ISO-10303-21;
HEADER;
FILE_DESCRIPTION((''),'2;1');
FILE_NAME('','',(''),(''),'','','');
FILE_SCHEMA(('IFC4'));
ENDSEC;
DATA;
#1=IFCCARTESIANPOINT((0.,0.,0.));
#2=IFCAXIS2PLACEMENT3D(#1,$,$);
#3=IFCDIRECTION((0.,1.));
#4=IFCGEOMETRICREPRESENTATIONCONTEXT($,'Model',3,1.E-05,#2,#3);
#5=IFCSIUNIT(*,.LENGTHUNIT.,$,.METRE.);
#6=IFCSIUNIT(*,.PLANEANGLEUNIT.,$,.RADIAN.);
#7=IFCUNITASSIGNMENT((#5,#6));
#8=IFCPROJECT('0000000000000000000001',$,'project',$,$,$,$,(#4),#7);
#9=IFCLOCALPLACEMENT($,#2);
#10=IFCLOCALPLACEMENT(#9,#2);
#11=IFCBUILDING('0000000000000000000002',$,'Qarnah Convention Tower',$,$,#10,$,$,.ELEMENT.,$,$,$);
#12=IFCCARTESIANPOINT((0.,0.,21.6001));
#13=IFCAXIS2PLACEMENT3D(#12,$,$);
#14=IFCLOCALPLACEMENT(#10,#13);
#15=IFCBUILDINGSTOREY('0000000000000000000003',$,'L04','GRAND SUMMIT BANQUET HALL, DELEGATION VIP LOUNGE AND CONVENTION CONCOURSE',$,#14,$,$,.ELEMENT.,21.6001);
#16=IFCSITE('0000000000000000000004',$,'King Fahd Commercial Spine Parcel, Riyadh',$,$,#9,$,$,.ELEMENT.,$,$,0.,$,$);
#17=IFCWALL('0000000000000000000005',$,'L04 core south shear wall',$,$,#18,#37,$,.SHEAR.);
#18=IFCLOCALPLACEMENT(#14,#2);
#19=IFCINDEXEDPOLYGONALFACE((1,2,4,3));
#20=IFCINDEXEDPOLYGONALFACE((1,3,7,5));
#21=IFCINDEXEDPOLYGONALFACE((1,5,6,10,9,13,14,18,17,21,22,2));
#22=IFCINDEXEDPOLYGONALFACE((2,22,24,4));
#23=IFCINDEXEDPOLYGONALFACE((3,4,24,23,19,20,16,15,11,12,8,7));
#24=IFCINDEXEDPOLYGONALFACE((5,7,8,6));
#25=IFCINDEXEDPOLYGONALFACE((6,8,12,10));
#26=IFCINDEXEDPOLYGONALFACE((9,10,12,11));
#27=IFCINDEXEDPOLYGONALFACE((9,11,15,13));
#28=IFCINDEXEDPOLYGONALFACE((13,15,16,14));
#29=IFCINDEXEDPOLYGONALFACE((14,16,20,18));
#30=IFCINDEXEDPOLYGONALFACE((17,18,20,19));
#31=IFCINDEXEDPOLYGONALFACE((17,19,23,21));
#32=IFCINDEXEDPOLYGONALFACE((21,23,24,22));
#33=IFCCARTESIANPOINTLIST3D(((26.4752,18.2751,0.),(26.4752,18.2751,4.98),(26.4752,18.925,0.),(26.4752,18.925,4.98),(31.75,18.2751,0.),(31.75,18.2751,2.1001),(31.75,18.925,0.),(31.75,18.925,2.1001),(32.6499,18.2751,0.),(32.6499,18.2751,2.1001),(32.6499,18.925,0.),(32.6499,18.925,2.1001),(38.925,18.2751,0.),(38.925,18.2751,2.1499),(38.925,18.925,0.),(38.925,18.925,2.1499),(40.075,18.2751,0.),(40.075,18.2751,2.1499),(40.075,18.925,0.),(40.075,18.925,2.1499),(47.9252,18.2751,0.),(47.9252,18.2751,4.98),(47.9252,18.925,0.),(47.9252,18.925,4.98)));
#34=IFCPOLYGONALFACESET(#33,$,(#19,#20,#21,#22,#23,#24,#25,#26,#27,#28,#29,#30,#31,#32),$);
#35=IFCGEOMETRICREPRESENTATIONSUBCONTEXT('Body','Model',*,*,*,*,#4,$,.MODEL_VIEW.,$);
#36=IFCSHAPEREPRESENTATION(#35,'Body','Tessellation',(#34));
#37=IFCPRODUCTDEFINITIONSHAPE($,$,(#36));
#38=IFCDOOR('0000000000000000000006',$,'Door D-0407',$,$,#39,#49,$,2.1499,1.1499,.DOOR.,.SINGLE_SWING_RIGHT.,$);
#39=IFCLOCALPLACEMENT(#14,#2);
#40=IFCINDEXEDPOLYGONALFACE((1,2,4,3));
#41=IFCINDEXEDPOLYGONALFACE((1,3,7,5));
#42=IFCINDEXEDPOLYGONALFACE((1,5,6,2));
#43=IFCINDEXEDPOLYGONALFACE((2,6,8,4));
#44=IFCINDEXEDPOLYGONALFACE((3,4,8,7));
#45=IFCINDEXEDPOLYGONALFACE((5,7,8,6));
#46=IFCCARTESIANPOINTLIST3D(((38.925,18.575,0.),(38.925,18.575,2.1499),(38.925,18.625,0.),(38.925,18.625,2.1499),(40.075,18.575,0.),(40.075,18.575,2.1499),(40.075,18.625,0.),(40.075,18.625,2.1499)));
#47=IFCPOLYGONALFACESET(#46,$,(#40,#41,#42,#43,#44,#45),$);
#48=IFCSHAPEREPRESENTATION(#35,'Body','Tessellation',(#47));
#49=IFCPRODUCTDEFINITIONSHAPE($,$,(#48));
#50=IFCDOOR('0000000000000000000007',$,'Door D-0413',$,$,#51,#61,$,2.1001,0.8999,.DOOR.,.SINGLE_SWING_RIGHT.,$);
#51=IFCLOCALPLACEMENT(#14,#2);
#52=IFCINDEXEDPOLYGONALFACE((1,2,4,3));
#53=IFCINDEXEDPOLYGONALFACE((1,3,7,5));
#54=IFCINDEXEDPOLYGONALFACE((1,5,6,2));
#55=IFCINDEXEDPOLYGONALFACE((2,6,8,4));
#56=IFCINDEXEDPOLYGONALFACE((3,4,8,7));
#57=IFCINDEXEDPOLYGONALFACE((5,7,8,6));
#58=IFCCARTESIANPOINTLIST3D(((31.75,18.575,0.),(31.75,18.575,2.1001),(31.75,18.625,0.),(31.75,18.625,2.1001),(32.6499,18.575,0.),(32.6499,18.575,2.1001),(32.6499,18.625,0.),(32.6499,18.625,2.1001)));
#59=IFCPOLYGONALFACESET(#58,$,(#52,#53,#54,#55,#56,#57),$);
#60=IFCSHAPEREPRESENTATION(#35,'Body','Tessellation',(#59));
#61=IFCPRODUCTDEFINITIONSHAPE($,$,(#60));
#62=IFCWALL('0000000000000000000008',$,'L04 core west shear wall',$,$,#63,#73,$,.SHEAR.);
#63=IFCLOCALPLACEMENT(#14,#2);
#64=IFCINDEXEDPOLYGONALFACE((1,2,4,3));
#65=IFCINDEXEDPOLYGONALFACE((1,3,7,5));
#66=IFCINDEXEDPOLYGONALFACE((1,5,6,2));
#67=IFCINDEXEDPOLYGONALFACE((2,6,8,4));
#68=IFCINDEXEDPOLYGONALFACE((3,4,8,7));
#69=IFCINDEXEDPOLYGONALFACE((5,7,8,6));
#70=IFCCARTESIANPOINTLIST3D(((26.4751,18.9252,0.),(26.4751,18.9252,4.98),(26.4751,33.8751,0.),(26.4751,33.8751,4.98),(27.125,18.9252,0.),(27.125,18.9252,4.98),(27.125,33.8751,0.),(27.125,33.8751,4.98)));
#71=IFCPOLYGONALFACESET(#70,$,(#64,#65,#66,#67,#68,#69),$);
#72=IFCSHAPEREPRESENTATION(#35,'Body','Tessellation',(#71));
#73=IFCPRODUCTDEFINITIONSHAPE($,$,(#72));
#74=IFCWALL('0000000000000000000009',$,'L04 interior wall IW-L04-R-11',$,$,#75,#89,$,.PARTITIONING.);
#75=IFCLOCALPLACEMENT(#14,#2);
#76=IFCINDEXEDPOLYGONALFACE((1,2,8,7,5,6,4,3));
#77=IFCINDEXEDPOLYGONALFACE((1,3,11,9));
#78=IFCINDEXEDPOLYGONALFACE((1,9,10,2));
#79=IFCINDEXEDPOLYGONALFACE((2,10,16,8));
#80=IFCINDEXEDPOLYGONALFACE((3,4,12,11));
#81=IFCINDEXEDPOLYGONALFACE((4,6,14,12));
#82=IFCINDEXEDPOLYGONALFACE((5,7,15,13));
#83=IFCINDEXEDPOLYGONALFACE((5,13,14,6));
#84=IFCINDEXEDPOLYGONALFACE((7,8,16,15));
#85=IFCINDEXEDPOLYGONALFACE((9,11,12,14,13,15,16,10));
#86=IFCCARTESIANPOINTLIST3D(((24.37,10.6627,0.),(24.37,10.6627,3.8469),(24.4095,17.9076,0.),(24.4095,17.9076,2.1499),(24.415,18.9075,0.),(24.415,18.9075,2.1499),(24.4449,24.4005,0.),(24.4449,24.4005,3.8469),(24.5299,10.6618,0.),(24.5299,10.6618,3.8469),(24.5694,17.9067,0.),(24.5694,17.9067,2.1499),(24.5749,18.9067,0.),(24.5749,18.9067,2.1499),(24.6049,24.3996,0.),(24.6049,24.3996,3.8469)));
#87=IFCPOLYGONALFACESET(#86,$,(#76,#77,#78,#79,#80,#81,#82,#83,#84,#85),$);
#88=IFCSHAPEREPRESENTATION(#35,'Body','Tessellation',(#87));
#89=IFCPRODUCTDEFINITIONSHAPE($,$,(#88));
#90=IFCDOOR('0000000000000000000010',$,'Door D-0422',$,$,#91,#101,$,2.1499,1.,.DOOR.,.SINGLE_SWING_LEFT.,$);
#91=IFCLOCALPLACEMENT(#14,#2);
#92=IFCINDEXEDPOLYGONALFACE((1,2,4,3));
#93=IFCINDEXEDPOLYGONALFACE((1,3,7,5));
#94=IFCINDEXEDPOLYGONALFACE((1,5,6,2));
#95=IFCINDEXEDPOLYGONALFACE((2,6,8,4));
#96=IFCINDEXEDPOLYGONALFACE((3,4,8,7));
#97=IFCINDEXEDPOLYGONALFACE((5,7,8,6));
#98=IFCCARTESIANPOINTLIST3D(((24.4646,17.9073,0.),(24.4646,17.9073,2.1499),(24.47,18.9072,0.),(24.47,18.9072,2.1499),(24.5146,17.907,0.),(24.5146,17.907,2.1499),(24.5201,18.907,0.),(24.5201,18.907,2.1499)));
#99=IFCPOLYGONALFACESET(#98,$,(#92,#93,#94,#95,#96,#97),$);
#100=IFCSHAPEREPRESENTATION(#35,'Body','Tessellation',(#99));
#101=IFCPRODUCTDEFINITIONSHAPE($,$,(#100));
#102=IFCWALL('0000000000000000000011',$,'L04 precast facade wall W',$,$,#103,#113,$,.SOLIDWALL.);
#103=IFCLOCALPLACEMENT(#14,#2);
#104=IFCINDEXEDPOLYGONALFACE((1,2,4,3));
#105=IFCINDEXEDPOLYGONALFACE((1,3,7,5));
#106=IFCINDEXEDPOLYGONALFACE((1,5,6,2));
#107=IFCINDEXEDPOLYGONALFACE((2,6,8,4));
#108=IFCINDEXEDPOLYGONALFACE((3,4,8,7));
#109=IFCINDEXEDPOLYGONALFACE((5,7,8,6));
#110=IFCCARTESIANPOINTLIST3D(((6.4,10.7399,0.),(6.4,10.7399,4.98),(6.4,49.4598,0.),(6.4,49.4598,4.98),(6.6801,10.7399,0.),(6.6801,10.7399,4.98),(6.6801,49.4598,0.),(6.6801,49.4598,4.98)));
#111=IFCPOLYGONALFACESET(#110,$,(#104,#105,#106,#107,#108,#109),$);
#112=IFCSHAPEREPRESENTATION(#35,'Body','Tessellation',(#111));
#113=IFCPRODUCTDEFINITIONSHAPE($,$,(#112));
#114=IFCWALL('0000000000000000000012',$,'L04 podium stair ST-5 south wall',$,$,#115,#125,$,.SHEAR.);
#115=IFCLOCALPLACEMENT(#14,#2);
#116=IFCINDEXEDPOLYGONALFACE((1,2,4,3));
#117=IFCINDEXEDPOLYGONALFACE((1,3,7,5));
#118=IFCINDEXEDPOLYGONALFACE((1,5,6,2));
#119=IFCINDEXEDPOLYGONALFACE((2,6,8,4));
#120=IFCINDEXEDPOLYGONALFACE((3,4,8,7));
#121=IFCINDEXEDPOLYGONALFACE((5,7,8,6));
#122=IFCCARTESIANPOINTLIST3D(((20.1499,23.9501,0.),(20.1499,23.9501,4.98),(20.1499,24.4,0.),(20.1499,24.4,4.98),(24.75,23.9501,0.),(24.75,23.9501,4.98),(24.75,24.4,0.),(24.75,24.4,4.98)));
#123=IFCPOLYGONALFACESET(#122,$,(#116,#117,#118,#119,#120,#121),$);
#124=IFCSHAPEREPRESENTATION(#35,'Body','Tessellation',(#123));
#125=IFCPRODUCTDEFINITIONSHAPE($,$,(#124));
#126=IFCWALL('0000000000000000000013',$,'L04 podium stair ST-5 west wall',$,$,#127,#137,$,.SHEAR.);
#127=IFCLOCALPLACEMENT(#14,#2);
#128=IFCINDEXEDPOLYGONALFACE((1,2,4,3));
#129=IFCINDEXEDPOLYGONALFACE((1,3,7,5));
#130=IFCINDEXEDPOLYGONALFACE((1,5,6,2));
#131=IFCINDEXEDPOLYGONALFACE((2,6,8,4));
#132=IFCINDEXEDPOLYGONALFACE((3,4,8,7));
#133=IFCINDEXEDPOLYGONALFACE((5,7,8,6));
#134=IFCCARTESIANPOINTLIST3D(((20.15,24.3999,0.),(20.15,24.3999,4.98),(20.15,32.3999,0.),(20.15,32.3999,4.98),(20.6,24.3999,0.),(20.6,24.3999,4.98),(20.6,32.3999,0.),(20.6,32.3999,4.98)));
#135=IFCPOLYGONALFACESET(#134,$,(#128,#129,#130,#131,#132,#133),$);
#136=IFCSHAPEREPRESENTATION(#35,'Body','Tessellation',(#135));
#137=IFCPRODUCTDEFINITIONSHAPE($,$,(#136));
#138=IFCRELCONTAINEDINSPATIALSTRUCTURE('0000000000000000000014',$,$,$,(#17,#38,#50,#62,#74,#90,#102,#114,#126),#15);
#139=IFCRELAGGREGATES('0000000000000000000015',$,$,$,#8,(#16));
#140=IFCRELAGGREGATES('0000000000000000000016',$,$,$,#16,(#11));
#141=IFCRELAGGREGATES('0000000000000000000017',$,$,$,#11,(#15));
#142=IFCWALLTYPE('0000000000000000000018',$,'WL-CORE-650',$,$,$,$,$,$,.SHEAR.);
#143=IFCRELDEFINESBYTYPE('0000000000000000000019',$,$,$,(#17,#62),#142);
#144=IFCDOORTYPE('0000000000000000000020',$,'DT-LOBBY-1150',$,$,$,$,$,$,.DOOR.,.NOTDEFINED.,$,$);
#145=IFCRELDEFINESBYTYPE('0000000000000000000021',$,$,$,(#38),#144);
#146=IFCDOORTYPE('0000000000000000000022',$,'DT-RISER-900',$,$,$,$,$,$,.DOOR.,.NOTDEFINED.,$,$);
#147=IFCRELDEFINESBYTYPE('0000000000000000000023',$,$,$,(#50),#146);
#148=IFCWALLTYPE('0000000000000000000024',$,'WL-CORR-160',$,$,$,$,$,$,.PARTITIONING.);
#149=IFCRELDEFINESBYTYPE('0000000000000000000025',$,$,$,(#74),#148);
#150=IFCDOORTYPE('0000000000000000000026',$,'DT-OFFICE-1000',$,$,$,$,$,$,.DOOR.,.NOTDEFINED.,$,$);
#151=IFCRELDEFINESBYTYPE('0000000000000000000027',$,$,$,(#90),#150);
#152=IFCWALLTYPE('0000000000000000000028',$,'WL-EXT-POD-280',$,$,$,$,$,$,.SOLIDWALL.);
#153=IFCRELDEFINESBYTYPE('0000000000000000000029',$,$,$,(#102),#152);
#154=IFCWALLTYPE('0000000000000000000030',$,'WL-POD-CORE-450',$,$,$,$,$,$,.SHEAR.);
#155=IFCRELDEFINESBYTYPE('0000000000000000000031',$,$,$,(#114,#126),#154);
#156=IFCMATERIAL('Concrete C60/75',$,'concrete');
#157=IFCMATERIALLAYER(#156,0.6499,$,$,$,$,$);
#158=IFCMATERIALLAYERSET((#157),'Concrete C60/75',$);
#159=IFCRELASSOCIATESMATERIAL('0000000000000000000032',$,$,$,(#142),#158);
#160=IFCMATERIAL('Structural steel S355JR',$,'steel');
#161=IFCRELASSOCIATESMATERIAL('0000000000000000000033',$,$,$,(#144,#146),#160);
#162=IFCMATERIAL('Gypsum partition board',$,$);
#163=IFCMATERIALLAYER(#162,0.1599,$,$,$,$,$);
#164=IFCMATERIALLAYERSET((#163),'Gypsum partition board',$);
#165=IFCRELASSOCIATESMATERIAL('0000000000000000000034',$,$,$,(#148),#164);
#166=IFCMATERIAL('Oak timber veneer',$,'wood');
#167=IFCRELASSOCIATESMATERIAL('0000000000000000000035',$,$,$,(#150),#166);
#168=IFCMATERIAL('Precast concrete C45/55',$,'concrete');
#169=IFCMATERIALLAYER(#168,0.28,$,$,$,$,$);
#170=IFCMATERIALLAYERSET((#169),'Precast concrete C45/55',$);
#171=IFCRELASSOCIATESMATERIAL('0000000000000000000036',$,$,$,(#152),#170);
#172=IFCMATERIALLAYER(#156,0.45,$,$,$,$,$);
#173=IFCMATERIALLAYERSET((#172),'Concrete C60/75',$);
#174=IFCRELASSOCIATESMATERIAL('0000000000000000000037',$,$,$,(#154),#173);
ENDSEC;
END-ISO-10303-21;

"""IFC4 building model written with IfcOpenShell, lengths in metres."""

from ifc_helpers import new_model, si_unit, direction, frame, frame_2d, origin, place, context, subcontext, project, spatial, rectangle, extrude, material, layer, layer_set, type_object, element, fill, save


model = new_model("IFC4")

# Units and contexts
model_context = context("Model", 3, precision=1e-05, world=origin(), true_north=direction((0.0, 1.0)))
body_context = subcontext(model_context, "Body", "Model", "MODEL_VIEW")
ifc_project = project(units=[si_unit("LENGTHUNIT", "METRE"), si_unit("PLANEANGLEUNIT", "RADIAN")], contexts=[model_context])

# Site, building, storey
site_placement = place(None, origin())
site = spatial("IfcSite", under=ifc_project, at=site_placement, Name="King Fahd Commercial Spine Parcel, Riyadh", CompositionType="ELEMENT", RefElevation=0.0)
building_placement = place(site_placement, origin())
building = spatial("IfcBuilding", under=site, at=building_placement, Name="Qarnah Convention Tower", CompositionType="ELEMENT")
storey_placement = place(building_placement, frame((0.0, 0.0, 21.6001)))
storey = spatial("IfcBuildingStorey", under=building, at=storey_placement, Name="L04", Description="GRAND SUMMIT BANQUET HALL, DELEGATION VIP LOUNGE AND CONVENTION CONCOURSE", CompositionType="ELEMENT", Elevation=21.6001)

# Shared definitions
ifc_material_1 = material(Name="Concrete C60/75", Category="concrete")

# Shared definitions
ifc_material_2 = material(Name="Structural steel S355JR", Category="steel")

# Wall, openings, doors
ifc_layer_1 = layer(ifc_material_1, 0.6499)
ifc_layer_set_1 = layer_set([ifc_layer_1], Name="Concrete C60/75")
wall_type_1 = type_object("IfcWallType", Name="WL-CORE-650", PredefinedType="SHEAR", material=ifc_layer_set_1)
wall_1_placement = place(storey_placement, frame((26.4751, 18.6001, 0.0), z_axis=(0.0, 0.0, 1.0), x_axis=(1.0, 0.0, 0.0)))
wall_1 = element("IfcWall", 1, at=wall_1_placement, inside=storey, type_object=wall_type_1, Name="L04 core south shear wall", PredefinedType="SHEAR", context=body_context, shape_type="SweptSolid", body=[
    extrude(rectangle(XDim=21.45, YDim=0.6499, at=frame_2d((10.7251, 0.0))), origin(), (0.0, 0.0, 1.0), 4.98),
])
opening_1_placement = place(wall_1_placement, frame((12.45, 0.0, 0.0)))
opening_1 = element("IfcOpeningElement", 2, at=opening_1_placement, cuts=wall_1, PredefinedType="OPENING", context=body_context, shape_type="SweptSolid", body=[
    extrude(rectangle(XDim=1.1499, YDim=2.1499, at=frame_2d((0.575, 1.075))), frame((0.0, 0.335, 0.0), z_axis=(0.0, -1.0, 0.0), x_axis=(1.0, 0.0, 0.0)), (0.0, 0.0, 1.0), 0.6699),
])
opening_2_placement = place(wall_1_placement, frame((5.2749, 0.0, 0.0)))
opening_2 = element("IfcOpeningElement", 3, at=opening_2_placement, cuts=wall_1, PredefinedType="OPENING", context=body_context, shape_type="SweptSolid", body=[
    extrude(rectangle(XDim=0.8999, YDim=2.1001, at=frame_2d((0.45, 1.05))), frame((0.0, 0.335, 0.0), z_axis=(0.0, -1.0, 0.0), x_axis=(1.0, 0.0, 0.0)), (0.0, 0.0, 1.0), 0.6699),
])
door_type_1 = type_object("IfcDoorType", Name="DT-LOBBY-1150", OperationType="NOTDEFINED", PredefinedType="DOOR", material=ifc_material_2)
door_1_placement = place(opening_1_placement, origin())
door_1 = element("IfcDoor", 4, at=door_1_placement, inside=storey, type_object=door_type_1, Name="Door D-0407", OperationType="SINGLE_SWING_RIGHT", OverallHeight=2.1499, OverallWidth=1.1499, PredefinedType="DOOR", context=body_context, shape_type="SweptSolid", body=[
    extrude(rectangle(XDim=1.1499, YDim=2.1499, at=frame_2d((0.575, 1.075))), frame((0.0, 0.0249, 0.0), z_axis=(0.0, -1.0, 0.0), x_axis=(1.0, 0.0, 0.0)), (0.0, 0.0, 1.0), 0.05),
])
fill(opening_1, door_1)
door_type_2 = type_object("IfcDoorType", Name="DT-RISER-900", OperationType="NOTDEFINED", PredefinedType="DOOR", material=ifc_material_2)
door_2_placement = place(opening_2_placement, origin())
door_2 = element("IfcDoor", 5, at=door_2_placement, inside=storey, type_object=door_type_2, Name="Door D-0413", OperationType="SINGLE_SWING_RIGHT", OverallHeight=2.1001, OverallWidth=0.8999, PredefinedType="DOOR", context=body_context, shape_type="SweptSolid", body=[
    extrude(rectangle(XDim=0.8999, YDim=2.1001, at=frame_2d((0.45, 1.05))), frame((0.0, 0.0249, 0.0), z_axis=(0.0, -1.0, 0.0), x_axis=(1.0, 0.0, 0.0)), (0.0, 0.0, 1.0), 0.05),
])
fill(opening_2, door_2)

# Wall
wall_2_placement = place(storey_placement, frame((26.8, 18.925, 0.0), z_axis=(0.0, 0.0, 1.0), x_axis=(0.0, 1.0, 0.0)))
element("IfcWall", 6, at=wall_2_placement, inside=storey, type_object=wall_type_1, Name="L04 core west shear wall", PredefinedType="SHEAR", context=body_context, shape_type="SweptSolid", body=[
    extrude(rectangle(XDim=14.95, YDim=0.6499, at=frame_2d((7.4751, 0.0))), origin(), (0.0, 0.0, 1.0), 4.98),
])

# Wall, opening, door
ifc_material_3 = material(Name="Gypsum partition board")
ifc_layer_2 = layer(ifc_material_3, 0.1599)
ifc_layer_set_2 = layer_set([ifc_layer_2], Name="Gypsum partition board")
wall_type_2 = type_object("IfcWallType", Name="WL-CORR-160", PredefinedType="PARTITIONING", material=ifc_layer_set_2)
wall_3_placement = place(storey_placement, frame((24.45, 10.6621, 0.0), z_axis=(0.0, 0.0, 1.0), x_axis=(0.005456, 0.999985, 0.0)))
wall_3 = element("IfcWall", 7, at=wall_3_placement, inside=storey, type_object=wall_type_2, Name="L04 interior wall IW-L04-R-11", PredefinedType="PARTITIONING", context=body_context, shape_type="SweptSolid", body=[
    extrude(rectangle(XDim=13.738, YDim=0.1599, at=frame_2d((6.8691, 0.0))), origin(), (0.0, 0.0, 1.0), 3.8469),
])
opening_3_placement = place(wall_3_placement, frame((7.2451, 0.0, 0.0)))
opening_3 = element("IfcOpeningElement", 8, at=opening_3_placement, cuts=wall_3, PredefinedType="OPENING", context=body_context, shape_type="SweptSolid", body=[
    extrude(rectangle(XDim=1.0, YDim=2.1499, at=frame_2d((0.5, 1.075))), frame((0.0, 0.0898, 0.0), z_axis=(0.0, -1.0, 0.0), x_axis=(1.0, 0.0, 0.0)), (0.0, 0.0, 1.0), 0.1799),
])
ifc_material_4 = material(Name="Oak timber veneer", Category="wood")
door_type_3 = type_object("IfcDoorType", Name="DT-OFFICE-1000", OperationType="NOTDEFINED", PredefinedType="DOOR", material=ifc_material_4)
door_3_placement = place(opening_3_placement, origin())
door_3 = element("IfcDoor", 9, at=door_3_placement, inside=storey, type_object=door_type_3, Name="Door D-0422", OperationType="SINGLE_SWING_LEFT", OverallHeight=2.1499, OverallWidth=1.0, PredefinedType="DOOR", context=body_context, shape_type="SweptSolid", body=[
    extrude(rectangle(XDim=1.0, YDim=2.1499, at=frame_2d((0.5, 1.075))), frame((0.0, 0.0249, 0.0), z_axis=(0.0, -1.0, 0.0), x_axis=(1.0, 0.0, 0.0)), (0.0, 0.0, 1.0), 0.05),
])
fill(opening_3, door_3)

# Walls
ifc_material_5 = material(Name="Precast concrete C45/55", Category="concrete")
ifc_layer_3 = layer(ifc_material_5, 0.28)
ifc_layer_set_3 = layer_set([ifc_layer_3], Name="Precast concrete C45/55")
wall_type_3 = type_object("IfcWallType", Name="WL-EXT-POD-280", PredefinedType="SOLIDWALL", material=ifc_layer_set_3)
wall_4_placement = place(storey_placement, frame((6.54, 10.74, 0.0), z_axis=(0.0, 0.0, 1.0), x_axis=(0.0, 1.0, 0.0)))
element("IfcWall", 10, at=wall_4_placement, inside=storey, type_object=wall_type_3, Name="L04 precast facade wall W", PredefinedType="SOLIDWALL", context=body_context, shape_type="SweptSolid", body=[
    extrude(rectangle(XDim=38.72, YDim=0.28, at=frame_2d((19.3599, 0.0))), origin(), (0.0, 0.0, 1.0), 4.98),
])
ifc_layer_4 = layer(ifc_material_1, 0.45)
ifc_layer_set_4 = layer_set([ifc_layer_4], Name="Concrete C60/75")
wall_type_4 = type_object("IfcWallType", Name="WL-POD-CORE-450", PredefinedType="SHEAR", material=ifc_layer_set_4)
wall_5_placement = place(storey_placement, frame((20.1499, 24.175, 0.0), z_axis=(0.0, 0.0, 1.0), x_axis=(1.0, 0.0, 0.0)))
element("IfcWall", 11, at=wall_5_placement, inside=storey, type_object=wall_type_4, Name="L04 podium stair ST-5 south wall", PredefinedType="SHEAR", context=body_context, shape_type="SweptSolid", body=[
    extrude(rectangle(XDim=4.6001, YDim=0.45, at=frame_2d((2.3, 0.0))), origin(), (0.0, 0.0, 1.0), 4.98),
])
wall_6_placement = place(storey_placement, frame((20.375, 24.3999, 0.0), z_axis=(0.0, 0.0, 1.0), x_axis=(0.0, 1.0, 0.0)))
element("IfcWall", 12, at=wall_6_placement, inside=storey, type_object=wall_type_4, Name="L04 podium stair ST-5 west wall", PredefinedType="SHEAR", context=body_context, shape_type="SweptSolid", body=[
    extrude(rectangle(XDim=8.0, YDim=0.45, at=frame_2d((4.0, 0.0))), origin(), (0.0, 0.0, 1.0), 4.98),
])

save(model, "model.ifc")
